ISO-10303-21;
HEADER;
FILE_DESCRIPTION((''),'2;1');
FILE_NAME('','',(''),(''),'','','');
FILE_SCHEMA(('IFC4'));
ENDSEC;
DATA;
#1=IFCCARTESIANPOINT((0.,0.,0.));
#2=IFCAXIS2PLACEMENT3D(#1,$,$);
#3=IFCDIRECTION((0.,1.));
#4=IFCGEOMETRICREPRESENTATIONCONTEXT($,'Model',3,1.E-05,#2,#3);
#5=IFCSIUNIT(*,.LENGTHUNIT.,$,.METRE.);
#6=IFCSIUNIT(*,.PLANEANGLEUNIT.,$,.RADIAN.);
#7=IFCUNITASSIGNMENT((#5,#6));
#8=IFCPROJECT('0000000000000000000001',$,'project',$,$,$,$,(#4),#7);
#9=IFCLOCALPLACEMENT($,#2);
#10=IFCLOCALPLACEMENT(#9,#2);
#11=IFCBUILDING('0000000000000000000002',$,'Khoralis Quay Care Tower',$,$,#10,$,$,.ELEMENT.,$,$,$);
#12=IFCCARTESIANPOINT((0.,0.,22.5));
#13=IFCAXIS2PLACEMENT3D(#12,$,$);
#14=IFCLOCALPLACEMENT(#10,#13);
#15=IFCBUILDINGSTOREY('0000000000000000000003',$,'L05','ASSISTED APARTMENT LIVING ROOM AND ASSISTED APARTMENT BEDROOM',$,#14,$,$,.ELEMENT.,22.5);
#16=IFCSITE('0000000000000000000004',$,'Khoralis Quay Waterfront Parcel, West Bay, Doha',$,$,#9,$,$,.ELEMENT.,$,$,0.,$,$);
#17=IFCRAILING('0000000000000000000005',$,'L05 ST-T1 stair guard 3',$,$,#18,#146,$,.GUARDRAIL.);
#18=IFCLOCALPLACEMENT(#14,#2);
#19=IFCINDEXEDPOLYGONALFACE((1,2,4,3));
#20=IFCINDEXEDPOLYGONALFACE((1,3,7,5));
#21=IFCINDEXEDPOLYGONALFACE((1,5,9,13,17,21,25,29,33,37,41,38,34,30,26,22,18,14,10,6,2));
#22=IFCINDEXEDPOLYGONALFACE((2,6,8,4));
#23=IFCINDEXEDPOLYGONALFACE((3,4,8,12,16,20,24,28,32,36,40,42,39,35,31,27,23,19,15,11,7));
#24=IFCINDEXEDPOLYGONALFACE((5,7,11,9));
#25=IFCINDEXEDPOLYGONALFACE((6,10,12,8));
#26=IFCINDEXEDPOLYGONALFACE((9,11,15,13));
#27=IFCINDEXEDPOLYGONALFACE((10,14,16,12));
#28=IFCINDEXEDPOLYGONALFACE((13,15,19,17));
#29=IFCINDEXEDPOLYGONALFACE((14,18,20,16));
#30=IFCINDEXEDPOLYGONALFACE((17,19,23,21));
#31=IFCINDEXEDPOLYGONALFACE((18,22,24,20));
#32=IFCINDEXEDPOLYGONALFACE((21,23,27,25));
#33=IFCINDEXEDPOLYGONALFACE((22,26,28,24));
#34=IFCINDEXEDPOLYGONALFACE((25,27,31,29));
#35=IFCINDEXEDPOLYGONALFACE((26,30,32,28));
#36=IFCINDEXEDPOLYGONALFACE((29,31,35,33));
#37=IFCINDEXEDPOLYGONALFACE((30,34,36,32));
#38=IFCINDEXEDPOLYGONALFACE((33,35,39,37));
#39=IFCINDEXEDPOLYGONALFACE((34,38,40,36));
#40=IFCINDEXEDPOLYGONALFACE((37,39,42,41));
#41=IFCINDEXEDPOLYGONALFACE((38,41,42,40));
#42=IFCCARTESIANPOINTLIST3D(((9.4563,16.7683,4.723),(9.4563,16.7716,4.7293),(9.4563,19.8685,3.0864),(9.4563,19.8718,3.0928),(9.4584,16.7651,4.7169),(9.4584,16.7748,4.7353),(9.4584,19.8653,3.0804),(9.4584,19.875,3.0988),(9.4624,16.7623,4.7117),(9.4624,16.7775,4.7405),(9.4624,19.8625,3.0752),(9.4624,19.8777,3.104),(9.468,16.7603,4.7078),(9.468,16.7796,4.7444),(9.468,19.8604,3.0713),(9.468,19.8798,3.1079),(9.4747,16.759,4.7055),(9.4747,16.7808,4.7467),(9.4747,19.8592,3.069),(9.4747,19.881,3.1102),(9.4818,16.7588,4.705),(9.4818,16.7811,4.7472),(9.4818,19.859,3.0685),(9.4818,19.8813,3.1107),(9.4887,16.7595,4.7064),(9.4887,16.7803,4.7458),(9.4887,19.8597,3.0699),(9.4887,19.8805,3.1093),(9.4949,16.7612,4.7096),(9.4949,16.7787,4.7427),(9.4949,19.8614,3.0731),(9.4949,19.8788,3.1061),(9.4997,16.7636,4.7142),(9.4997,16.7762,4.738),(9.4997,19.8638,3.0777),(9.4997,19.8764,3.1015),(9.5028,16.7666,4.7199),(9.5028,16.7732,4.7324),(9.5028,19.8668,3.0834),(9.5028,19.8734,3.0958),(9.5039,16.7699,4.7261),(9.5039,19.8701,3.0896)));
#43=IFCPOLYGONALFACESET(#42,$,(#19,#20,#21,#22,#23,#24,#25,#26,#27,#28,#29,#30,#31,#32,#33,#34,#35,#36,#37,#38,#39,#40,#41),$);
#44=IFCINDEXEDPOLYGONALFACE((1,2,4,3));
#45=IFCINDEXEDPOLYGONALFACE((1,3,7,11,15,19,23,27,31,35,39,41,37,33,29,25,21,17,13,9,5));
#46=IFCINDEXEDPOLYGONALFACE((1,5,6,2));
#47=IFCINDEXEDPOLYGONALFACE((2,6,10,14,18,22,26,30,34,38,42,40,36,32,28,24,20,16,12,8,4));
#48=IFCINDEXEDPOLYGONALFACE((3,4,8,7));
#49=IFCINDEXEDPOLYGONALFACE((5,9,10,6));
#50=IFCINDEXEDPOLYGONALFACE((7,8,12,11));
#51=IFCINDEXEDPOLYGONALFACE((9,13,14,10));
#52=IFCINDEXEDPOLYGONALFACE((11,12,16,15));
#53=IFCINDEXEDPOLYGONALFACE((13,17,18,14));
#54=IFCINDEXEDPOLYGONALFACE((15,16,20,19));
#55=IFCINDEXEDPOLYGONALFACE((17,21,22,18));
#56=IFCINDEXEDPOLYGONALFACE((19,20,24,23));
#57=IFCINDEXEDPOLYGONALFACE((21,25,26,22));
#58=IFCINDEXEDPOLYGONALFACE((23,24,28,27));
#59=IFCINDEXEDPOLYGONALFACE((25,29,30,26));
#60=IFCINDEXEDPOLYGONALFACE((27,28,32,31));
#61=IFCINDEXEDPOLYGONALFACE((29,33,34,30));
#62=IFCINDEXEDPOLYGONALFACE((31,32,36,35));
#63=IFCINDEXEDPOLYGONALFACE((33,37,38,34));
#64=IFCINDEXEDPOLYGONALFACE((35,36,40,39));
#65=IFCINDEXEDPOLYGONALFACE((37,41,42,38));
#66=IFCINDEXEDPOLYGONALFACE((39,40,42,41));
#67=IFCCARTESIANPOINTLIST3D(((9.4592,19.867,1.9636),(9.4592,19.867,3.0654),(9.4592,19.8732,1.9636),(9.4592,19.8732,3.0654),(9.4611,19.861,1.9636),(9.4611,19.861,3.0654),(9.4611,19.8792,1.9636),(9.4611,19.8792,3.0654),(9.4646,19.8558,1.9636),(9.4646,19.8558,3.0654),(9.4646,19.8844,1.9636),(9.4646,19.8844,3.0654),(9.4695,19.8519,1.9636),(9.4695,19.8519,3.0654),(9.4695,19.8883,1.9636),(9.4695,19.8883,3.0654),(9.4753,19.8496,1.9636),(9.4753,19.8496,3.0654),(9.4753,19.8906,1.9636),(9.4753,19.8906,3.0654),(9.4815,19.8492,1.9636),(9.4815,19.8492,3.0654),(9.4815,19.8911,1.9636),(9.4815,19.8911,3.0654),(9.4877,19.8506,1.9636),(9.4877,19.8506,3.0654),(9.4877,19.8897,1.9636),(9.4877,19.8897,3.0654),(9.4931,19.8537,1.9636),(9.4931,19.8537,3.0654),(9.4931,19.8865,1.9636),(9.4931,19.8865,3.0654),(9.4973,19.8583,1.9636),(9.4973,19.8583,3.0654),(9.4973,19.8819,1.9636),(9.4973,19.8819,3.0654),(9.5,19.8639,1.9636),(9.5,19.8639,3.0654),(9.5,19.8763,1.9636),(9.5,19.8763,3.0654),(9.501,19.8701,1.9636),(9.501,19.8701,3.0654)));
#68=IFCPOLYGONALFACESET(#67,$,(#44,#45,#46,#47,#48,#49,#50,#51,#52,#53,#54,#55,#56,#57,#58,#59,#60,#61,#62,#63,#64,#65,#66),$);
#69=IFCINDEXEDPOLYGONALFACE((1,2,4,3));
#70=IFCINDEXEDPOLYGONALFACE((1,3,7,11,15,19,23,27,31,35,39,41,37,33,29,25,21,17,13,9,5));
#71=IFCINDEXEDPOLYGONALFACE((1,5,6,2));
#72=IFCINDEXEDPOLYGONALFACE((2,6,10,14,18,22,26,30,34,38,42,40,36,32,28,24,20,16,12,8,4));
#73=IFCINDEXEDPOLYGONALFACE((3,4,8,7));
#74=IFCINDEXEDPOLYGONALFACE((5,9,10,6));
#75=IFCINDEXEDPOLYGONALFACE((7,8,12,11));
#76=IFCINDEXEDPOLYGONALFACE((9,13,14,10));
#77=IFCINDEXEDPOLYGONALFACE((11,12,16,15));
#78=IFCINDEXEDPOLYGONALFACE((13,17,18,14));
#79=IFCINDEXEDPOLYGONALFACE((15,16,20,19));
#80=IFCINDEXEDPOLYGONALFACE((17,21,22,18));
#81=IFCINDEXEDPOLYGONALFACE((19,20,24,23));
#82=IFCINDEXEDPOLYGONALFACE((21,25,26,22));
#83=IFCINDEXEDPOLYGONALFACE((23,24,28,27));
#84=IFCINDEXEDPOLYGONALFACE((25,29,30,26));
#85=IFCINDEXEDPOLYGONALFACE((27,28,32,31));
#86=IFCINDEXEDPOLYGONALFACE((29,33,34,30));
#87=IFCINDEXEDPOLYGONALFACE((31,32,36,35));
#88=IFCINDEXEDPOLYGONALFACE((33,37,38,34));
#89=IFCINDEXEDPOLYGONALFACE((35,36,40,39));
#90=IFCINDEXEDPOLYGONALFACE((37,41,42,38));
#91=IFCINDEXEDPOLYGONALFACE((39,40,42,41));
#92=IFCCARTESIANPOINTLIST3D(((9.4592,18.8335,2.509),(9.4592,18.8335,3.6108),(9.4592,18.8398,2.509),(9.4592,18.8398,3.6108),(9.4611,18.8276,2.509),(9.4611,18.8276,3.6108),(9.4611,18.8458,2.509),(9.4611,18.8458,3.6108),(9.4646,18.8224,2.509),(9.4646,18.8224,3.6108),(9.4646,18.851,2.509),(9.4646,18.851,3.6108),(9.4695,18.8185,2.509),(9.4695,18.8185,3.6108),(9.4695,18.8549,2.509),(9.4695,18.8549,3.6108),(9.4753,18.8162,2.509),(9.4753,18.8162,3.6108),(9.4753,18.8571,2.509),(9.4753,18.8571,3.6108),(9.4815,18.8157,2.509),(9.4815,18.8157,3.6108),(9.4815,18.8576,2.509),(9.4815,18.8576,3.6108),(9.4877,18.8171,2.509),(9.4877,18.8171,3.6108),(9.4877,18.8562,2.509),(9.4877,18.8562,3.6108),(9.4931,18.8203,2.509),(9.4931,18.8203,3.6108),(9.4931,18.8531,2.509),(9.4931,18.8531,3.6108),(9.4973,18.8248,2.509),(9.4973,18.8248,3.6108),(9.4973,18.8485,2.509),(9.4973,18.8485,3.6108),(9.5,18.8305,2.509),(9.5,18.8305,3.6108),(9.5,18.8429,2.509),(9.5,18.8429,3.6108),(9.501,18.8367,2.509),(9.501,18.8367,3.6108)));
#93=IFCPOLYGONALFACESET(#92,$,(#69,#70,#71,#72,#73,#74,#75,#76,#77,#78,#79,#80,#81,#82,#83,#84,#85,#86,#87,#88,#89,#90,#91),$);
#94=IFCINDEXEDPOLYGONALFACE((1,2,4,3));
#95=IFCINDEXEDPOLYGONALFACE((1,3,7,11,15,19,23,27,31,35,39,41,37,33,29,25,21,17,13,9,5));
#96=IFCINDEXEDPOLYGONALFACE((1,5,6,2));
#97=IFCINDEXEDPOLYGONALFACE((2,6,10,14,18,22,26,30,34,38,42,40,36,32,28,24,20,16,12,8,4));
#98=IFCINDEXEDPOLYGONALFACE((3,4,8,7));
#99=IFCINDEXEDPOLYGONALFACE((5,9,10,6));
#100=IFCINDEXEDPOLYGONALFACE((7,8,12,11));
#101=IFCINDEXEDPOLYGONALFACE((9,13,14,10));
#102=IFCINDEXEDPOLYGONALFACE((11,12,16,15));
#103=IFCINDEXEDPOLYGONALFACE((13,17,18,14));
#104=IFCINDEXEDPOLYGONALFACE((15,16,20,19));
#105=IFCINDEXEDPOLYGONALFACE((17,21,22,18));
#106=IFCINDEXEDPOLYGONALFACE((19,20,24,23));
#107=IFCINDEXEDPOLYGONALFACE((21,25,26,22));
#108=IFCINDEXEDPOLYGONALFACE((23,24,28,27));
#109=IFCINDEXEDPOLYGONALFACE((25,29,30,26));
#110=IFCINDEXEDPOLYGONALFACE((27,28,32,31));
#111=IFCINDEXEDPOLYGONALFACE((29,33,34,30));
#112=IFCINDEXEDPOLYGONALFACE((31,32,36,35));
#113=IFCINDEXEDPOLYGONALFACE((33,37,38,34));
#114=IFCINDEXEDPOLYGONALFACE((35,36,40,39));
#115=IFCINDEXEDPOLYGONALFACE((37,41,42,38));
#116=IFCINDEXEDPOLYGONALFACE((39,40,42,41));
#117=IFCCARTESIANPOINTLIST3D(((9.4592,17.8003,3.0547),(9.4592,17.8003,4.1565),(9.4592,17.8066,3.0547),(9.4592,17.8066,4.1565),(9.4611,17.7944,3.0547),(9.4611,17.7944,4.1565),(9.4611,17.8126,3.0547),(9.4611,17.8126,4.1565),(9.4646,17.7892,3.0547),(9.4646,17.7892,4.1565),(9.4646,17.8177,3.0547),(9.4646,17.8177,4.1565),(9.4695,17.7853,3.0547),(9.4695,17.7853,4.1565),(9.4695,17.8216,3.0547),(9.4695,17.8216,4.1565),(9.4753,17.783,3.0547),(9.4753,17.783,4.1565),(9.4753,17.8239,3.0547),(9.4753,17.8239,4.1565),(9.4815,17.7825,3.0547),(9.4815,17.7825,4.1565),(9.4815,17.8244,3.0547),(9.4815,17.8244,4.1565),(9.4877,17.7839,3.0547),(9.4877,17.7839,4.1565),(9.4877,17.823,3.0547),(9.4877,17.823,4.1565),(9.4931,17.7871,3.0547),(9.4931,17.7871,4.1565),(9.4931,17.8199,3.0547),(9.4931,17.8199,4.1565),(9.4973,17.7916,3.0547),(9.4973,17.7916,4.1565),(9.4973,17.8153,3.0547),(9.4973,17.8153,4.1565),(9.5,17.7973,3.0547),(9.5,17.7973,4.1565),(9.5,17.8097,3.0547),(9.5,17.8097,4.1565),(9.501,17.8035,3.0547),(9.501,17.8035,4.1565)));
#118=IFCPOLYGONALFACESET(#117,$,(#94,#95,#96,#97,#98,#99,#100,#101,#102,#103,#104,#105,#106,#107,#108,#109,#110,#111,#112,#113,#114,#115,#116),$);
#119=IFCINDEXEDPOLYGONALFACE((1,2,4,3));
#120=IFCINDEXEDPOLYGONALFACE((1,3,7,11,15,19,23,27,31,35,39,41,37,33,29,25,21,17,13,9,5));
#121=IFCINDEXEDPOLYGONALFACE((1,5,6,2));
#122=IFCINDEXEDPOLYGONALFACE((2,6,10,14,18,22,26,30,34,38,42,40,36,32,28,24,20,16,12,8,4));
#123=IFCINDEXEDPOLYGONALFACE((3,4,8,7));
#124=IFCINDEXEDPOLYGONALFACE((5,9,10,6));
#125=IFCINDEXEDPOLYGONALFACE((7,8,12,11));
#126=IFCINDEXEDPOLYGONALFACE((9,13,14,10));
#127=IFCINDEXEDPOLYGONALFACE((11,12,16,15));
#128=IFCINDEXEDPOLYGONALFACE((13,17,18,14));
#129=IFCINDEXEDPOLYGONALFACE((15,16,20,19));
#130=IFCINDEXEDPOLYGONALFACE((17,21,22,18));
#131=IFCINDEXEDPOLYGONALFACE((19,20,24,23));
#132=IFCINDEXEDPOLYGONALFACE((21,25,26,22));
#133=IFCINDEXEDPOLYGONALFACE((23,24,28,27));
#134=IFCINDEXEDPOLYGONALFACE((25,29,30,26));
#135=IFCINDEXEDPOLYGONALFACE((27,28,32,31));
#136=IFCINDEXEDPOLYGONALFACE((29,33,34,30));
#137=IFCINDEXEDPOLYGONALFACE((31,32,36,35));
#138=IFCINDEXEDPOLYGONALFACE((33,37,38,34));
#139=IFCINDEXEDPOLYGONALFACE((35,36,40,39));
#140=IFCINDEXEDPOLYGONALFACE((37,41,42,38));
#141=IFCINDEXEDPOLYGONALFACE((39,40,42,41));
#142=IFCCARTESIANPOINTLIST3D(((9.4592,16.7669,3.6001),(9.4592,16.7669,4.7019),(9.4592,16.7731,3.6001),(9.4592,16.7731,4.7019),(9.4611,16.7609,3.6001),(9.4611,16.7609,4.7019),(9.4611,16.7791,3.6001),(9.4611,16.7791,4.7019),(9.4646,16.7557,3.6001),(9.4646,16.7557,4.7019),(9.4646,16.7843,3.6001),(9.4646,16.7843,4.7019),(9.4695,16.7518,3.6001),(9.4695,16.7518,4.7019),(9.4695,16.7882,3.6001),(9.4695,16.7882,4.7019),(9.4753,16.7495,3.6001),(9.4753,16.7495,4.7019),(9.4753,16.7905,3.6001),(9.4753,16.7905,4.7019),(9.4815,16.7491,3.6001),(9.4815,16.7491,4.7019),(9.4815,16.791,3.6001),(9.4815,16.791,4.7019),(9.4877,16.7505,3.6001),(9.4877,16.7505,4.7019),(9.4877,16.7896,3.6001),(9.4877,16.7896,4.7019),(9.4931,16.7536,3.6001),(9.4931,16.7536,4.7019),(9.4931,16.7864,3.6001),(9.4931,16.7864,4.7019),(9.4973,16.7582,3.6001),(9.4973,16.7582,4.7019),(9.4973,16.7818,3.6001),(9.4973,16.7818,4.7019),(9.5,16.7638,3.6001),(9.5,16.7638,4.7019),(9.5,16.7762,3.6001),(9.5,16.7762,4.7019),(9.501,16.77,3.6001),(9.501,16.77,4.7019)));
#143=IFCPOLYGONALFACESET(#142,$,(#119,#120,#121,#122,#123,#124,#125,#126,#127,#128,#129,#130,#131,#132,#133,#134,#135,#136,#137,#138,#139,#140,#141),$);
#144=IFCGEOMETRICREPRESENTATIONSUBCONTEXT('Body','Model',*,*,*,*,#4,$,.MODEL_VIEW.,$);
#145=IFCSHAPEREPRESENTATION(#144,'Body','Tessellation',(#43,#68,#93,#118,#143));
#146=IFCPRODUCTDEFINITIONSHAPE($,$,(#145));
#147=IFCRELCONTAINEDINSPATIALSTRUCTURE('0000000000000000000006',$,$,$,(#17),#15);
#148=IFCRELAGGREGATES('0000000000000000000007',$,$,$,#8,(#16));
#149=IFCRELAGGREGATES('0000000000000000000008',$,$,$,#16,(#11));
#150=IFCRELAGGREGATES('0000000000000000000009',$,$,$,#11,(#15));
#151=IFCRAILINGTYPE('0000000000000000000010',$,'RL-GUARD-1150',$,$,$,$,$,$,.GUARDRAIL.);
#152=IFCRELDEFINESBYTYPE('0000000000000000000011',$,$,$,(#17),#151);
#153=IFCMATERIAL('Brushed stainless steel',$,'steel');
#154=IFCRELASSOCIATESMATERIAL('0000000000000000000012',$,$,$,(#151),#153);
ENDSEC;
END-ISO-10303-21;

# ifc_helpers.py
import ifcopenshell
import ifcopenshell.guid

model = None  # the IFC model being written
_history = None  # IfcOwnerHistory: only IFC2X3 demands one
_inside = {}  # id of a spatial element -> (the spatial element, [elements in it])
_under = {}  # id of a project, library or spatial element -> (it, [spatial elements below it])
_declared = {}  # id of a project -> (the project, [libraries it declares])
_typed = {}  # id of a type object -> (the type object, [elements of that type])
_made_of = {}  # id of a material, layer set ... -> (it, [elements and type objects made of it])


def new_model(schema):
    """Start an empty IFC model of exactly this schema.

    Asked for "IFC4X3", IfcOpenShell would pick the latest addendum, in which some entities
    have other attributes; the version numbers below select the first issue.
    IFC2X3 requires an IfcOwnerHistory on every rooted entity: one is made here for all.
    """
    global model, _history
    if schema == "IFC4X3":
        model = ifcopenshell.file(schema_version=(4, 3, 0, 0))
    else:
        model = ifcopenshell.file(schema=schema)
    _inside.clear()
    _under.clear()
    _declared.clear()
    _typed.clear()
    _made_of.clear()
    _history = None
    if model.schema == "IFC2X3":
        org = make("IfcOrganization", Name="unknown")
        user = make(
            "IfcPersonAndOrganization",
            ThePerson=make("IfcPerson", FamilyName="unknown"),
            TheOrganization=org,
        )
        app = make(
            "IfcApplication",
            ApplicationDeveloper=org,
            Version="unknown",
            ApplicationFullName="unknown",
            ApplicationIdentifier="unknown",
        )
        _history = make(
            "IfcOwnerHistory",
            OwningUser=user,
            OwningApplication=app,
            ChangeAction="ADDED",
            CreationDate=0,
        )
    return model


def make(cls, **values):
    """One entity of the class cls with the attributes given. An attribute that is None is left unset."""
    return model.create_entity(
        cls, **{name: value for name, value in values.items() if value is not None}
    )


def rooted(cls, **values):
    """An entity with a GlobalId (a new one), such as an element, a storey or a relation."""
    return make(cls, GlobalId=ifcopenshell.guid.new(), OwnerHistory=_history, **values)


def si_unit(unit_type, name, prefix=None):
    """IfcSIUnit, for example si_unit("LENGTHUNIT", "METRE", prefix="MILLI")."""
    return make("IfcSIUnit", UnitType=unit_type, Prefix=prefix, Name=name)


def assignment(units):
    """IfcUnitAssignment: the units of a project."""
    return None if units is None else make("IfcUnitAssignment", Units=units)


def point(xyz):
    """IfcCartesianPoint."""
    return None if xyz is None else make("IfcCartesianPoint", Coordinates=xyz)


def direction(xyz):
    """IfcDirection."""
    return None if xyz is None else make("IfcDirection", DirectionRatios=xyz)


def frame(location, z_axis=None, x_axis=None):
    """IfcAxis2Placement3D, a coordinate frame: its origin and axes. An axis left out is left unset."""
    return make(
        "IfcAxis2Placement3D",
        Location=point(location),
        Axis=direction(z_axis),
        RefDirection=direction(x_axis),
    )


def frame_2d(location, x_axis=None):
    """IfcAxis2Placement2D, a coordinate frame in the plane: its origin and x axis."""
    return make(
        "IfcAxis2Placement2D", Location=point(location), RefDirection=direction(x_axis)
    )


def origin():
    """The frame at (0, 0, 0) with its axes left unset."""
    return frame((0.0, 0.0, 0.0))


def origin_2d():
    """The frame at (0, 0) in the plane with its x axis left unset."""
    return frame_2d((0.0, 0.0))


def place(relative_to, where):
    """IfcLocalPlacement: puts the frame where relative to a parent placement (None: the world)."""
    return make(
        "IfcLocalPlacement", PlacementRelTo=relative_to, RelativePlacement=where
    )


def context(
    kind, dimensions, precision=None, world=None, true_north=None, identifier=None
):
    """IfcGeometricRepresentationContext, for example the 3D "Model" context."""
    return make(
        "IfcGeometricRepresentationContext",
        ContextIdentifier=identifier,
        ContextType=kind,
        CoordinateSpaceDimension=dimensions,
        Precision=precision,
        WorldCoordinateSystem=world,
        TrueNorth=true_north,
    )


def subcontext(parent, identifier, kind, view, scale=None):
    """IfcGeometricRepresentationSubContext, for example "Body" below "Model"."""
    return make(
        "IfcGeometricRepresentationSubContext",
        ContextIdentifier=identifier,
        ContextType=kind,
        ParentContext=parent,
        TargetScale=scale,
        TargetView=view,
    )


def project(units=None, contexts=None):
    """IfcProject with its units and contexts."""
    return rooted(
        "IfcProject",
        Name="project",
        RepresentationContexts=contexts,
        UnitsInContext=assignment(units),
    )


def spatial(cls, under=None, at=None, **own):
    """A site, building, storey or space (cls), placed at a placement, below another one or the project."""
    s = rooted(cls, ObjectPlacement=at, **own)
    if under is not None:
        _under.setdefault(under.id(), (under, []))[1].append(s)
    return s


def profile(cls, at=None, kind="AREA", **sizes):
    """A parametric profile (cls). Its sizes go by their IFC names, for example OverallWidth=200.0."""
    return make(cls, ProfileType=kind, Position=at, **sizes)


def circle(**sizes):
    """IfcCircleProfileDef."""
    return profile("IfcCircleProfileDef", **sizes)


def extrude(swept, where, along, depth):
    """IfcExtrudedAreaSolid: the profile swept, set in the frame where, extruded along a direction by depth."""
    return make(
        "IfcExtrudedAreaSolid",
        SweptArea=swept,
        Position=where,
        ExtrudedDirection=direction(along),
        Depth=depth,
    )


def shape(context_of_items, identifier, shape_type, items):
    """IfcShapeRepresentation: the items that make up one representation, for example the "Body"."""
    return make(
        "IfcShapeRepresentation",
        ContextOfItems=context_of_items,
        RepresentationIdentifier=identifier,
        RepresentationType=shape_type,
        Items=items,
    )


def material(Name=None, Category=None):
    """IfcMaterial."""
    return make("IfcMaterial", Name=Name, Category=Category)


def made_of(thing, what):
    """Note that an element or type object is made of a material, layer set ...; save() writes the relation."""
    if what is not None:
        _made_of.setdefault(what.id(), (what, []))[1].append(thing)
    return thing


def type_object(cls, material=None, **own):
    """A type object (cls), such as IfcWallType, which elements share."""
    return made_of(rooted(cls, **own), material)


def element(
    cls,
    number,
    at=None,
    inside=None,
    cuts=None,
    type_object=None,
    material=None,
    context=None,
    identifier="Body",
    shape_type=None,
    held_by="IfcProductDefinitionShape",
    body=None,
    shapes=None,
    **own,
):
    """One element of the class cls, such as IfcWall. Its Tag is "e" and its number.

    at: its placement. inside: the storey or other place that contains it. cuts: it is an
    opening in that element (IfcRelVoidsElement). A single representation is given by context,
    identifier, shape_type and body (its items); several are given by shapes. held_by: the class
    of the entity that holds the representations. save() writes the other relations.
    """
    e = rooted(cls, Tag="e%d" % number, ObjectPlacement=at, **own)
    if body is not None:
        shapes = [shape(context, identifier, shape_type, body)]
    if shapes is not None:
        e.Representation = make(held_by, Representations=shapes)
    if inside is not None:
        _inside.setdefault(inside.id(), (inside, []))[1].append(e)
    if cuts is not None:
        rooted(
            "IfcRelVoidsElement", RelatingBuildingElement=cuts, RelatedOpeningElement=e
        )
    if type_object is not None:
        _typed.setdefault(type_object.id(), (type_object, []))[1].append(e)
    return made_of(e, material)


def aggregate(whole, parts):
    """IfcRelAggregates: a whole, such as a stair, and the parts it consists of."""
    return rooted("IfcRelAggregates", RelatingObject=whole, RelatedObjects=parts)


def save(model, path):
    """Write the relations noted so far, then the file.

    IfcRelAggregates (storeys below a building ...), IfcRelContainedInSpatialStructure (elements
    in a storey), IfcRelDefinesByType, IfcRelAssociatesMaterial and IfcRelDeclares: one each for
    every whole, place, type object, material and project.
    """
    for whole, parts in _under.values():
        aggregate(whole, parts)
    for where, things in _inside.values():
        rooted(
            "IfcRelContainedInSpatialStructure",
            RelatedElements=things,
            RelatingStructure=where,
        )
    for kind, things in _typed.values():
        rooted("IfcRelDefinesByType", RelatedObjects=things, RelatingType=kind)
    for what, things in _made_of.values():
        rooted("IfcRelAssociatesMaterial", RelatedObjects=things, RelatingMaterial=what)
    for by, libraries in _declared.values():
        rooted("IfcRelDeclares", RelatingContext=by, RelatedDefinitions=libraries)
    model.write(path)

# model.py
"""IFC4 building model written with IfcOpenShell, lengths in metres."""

from ifc_helpers import new_model, si_unit, direction, frame, origin, origin_2d, place, context, subcontext, project, spatial, circle, extrude, material, type_object, element, save


model = new_model("IFC4")

# Units and contexts
model_context = context("Model", 3, precision=1e-05, world=origin(), true_north=direction((0.0, 1.0)))
body_context = subcontext(model_context, "Body", "Model", "MODEL_VIEW")
ifc_project = project(units=[si_unit("LENGTHUNIT", "METRE"), si_unit("PLANEANGLEUNIT", "RADIAN")], contexts=[model_context])

# Site, building, storey
site_placement = place(None, origin())
site = spatial("IfcSite", under=ifc_project, at=site_placement, Name="Khoralis Quay Waterfront Parcel, West Bay, Doha", CompositionType="ELEMENT", RefElevation=0.0)
building_placement = place(site_placement, origin())
building = spatial("IfcBuilding", under=site, at=building_placement, Name="Khoralis Quay Care Tower", CompositionType="ELEMENT")
storey_placement = place(building_placement, frame((0.0, 0.0, 22.5)))
storey = spatial("IfcBuildingStorey", under=building, at=storey_placement, Name="L05", Description="ASSISTED APARTMENT LIVING ROOM AND ASSISTED APARTMENT BEDROOM", CompositionType="ELEMENT", Elevation=22.5)

# Shared definitions
ifc_material_1 = material(Name="Brushed stainless steel", Category="steel")

# Railing
railing_type_1 = type_object("IfcRailingType", Name="RL-GUARD-1150", PredefinedType="GUARDRAIL", material=ifc_material_1)
railing_1_placement = place(storey_placement, frame((9.48, 19.8701, 1.9636)))
element("IfcRailing", 1, at=railing_1_placement, inside=storey, type_object=railing_type_1, Name="L05 ST-T1 stair guard 3", PredefinedType="GUARDRAIL", context=body_context, shape_type="SweptSolid", body=[
    extrude(circle(Radius=0.0239, at=origin_2d()), frame((0.0, 0.0, 1.126), z_axis=(0.0, -0.884348, 0.466828), x_axis=(1.0, 0.0, 0.0)), (0.0, 0.0, 1.0), 3.5056),
    extrude(circle(Radius=0.021, at=origin_2d()), origin(), (0.0, 0.0, 1.0), 1.1018),
    extrude(circle(Radius=0.021, at=origin_2d()), frame((0.0, -1.0334, 0.5454)), (0.0, 0.0, 1.0), 1.1018),
    extrude(circle(Radius=0.021, at=origin_2d()), frame((0.0, -2.0667, 1.0911)), (0.0, 0.0, 1.0), 1.1018),
    extrude(circle(Radius=0.021, at=origin_2d()), frame((0.0, -3.1001, 1.6365)), (0.0, 0.0, 1.0), 1.1018),
])

save(model, "model.ifc")
